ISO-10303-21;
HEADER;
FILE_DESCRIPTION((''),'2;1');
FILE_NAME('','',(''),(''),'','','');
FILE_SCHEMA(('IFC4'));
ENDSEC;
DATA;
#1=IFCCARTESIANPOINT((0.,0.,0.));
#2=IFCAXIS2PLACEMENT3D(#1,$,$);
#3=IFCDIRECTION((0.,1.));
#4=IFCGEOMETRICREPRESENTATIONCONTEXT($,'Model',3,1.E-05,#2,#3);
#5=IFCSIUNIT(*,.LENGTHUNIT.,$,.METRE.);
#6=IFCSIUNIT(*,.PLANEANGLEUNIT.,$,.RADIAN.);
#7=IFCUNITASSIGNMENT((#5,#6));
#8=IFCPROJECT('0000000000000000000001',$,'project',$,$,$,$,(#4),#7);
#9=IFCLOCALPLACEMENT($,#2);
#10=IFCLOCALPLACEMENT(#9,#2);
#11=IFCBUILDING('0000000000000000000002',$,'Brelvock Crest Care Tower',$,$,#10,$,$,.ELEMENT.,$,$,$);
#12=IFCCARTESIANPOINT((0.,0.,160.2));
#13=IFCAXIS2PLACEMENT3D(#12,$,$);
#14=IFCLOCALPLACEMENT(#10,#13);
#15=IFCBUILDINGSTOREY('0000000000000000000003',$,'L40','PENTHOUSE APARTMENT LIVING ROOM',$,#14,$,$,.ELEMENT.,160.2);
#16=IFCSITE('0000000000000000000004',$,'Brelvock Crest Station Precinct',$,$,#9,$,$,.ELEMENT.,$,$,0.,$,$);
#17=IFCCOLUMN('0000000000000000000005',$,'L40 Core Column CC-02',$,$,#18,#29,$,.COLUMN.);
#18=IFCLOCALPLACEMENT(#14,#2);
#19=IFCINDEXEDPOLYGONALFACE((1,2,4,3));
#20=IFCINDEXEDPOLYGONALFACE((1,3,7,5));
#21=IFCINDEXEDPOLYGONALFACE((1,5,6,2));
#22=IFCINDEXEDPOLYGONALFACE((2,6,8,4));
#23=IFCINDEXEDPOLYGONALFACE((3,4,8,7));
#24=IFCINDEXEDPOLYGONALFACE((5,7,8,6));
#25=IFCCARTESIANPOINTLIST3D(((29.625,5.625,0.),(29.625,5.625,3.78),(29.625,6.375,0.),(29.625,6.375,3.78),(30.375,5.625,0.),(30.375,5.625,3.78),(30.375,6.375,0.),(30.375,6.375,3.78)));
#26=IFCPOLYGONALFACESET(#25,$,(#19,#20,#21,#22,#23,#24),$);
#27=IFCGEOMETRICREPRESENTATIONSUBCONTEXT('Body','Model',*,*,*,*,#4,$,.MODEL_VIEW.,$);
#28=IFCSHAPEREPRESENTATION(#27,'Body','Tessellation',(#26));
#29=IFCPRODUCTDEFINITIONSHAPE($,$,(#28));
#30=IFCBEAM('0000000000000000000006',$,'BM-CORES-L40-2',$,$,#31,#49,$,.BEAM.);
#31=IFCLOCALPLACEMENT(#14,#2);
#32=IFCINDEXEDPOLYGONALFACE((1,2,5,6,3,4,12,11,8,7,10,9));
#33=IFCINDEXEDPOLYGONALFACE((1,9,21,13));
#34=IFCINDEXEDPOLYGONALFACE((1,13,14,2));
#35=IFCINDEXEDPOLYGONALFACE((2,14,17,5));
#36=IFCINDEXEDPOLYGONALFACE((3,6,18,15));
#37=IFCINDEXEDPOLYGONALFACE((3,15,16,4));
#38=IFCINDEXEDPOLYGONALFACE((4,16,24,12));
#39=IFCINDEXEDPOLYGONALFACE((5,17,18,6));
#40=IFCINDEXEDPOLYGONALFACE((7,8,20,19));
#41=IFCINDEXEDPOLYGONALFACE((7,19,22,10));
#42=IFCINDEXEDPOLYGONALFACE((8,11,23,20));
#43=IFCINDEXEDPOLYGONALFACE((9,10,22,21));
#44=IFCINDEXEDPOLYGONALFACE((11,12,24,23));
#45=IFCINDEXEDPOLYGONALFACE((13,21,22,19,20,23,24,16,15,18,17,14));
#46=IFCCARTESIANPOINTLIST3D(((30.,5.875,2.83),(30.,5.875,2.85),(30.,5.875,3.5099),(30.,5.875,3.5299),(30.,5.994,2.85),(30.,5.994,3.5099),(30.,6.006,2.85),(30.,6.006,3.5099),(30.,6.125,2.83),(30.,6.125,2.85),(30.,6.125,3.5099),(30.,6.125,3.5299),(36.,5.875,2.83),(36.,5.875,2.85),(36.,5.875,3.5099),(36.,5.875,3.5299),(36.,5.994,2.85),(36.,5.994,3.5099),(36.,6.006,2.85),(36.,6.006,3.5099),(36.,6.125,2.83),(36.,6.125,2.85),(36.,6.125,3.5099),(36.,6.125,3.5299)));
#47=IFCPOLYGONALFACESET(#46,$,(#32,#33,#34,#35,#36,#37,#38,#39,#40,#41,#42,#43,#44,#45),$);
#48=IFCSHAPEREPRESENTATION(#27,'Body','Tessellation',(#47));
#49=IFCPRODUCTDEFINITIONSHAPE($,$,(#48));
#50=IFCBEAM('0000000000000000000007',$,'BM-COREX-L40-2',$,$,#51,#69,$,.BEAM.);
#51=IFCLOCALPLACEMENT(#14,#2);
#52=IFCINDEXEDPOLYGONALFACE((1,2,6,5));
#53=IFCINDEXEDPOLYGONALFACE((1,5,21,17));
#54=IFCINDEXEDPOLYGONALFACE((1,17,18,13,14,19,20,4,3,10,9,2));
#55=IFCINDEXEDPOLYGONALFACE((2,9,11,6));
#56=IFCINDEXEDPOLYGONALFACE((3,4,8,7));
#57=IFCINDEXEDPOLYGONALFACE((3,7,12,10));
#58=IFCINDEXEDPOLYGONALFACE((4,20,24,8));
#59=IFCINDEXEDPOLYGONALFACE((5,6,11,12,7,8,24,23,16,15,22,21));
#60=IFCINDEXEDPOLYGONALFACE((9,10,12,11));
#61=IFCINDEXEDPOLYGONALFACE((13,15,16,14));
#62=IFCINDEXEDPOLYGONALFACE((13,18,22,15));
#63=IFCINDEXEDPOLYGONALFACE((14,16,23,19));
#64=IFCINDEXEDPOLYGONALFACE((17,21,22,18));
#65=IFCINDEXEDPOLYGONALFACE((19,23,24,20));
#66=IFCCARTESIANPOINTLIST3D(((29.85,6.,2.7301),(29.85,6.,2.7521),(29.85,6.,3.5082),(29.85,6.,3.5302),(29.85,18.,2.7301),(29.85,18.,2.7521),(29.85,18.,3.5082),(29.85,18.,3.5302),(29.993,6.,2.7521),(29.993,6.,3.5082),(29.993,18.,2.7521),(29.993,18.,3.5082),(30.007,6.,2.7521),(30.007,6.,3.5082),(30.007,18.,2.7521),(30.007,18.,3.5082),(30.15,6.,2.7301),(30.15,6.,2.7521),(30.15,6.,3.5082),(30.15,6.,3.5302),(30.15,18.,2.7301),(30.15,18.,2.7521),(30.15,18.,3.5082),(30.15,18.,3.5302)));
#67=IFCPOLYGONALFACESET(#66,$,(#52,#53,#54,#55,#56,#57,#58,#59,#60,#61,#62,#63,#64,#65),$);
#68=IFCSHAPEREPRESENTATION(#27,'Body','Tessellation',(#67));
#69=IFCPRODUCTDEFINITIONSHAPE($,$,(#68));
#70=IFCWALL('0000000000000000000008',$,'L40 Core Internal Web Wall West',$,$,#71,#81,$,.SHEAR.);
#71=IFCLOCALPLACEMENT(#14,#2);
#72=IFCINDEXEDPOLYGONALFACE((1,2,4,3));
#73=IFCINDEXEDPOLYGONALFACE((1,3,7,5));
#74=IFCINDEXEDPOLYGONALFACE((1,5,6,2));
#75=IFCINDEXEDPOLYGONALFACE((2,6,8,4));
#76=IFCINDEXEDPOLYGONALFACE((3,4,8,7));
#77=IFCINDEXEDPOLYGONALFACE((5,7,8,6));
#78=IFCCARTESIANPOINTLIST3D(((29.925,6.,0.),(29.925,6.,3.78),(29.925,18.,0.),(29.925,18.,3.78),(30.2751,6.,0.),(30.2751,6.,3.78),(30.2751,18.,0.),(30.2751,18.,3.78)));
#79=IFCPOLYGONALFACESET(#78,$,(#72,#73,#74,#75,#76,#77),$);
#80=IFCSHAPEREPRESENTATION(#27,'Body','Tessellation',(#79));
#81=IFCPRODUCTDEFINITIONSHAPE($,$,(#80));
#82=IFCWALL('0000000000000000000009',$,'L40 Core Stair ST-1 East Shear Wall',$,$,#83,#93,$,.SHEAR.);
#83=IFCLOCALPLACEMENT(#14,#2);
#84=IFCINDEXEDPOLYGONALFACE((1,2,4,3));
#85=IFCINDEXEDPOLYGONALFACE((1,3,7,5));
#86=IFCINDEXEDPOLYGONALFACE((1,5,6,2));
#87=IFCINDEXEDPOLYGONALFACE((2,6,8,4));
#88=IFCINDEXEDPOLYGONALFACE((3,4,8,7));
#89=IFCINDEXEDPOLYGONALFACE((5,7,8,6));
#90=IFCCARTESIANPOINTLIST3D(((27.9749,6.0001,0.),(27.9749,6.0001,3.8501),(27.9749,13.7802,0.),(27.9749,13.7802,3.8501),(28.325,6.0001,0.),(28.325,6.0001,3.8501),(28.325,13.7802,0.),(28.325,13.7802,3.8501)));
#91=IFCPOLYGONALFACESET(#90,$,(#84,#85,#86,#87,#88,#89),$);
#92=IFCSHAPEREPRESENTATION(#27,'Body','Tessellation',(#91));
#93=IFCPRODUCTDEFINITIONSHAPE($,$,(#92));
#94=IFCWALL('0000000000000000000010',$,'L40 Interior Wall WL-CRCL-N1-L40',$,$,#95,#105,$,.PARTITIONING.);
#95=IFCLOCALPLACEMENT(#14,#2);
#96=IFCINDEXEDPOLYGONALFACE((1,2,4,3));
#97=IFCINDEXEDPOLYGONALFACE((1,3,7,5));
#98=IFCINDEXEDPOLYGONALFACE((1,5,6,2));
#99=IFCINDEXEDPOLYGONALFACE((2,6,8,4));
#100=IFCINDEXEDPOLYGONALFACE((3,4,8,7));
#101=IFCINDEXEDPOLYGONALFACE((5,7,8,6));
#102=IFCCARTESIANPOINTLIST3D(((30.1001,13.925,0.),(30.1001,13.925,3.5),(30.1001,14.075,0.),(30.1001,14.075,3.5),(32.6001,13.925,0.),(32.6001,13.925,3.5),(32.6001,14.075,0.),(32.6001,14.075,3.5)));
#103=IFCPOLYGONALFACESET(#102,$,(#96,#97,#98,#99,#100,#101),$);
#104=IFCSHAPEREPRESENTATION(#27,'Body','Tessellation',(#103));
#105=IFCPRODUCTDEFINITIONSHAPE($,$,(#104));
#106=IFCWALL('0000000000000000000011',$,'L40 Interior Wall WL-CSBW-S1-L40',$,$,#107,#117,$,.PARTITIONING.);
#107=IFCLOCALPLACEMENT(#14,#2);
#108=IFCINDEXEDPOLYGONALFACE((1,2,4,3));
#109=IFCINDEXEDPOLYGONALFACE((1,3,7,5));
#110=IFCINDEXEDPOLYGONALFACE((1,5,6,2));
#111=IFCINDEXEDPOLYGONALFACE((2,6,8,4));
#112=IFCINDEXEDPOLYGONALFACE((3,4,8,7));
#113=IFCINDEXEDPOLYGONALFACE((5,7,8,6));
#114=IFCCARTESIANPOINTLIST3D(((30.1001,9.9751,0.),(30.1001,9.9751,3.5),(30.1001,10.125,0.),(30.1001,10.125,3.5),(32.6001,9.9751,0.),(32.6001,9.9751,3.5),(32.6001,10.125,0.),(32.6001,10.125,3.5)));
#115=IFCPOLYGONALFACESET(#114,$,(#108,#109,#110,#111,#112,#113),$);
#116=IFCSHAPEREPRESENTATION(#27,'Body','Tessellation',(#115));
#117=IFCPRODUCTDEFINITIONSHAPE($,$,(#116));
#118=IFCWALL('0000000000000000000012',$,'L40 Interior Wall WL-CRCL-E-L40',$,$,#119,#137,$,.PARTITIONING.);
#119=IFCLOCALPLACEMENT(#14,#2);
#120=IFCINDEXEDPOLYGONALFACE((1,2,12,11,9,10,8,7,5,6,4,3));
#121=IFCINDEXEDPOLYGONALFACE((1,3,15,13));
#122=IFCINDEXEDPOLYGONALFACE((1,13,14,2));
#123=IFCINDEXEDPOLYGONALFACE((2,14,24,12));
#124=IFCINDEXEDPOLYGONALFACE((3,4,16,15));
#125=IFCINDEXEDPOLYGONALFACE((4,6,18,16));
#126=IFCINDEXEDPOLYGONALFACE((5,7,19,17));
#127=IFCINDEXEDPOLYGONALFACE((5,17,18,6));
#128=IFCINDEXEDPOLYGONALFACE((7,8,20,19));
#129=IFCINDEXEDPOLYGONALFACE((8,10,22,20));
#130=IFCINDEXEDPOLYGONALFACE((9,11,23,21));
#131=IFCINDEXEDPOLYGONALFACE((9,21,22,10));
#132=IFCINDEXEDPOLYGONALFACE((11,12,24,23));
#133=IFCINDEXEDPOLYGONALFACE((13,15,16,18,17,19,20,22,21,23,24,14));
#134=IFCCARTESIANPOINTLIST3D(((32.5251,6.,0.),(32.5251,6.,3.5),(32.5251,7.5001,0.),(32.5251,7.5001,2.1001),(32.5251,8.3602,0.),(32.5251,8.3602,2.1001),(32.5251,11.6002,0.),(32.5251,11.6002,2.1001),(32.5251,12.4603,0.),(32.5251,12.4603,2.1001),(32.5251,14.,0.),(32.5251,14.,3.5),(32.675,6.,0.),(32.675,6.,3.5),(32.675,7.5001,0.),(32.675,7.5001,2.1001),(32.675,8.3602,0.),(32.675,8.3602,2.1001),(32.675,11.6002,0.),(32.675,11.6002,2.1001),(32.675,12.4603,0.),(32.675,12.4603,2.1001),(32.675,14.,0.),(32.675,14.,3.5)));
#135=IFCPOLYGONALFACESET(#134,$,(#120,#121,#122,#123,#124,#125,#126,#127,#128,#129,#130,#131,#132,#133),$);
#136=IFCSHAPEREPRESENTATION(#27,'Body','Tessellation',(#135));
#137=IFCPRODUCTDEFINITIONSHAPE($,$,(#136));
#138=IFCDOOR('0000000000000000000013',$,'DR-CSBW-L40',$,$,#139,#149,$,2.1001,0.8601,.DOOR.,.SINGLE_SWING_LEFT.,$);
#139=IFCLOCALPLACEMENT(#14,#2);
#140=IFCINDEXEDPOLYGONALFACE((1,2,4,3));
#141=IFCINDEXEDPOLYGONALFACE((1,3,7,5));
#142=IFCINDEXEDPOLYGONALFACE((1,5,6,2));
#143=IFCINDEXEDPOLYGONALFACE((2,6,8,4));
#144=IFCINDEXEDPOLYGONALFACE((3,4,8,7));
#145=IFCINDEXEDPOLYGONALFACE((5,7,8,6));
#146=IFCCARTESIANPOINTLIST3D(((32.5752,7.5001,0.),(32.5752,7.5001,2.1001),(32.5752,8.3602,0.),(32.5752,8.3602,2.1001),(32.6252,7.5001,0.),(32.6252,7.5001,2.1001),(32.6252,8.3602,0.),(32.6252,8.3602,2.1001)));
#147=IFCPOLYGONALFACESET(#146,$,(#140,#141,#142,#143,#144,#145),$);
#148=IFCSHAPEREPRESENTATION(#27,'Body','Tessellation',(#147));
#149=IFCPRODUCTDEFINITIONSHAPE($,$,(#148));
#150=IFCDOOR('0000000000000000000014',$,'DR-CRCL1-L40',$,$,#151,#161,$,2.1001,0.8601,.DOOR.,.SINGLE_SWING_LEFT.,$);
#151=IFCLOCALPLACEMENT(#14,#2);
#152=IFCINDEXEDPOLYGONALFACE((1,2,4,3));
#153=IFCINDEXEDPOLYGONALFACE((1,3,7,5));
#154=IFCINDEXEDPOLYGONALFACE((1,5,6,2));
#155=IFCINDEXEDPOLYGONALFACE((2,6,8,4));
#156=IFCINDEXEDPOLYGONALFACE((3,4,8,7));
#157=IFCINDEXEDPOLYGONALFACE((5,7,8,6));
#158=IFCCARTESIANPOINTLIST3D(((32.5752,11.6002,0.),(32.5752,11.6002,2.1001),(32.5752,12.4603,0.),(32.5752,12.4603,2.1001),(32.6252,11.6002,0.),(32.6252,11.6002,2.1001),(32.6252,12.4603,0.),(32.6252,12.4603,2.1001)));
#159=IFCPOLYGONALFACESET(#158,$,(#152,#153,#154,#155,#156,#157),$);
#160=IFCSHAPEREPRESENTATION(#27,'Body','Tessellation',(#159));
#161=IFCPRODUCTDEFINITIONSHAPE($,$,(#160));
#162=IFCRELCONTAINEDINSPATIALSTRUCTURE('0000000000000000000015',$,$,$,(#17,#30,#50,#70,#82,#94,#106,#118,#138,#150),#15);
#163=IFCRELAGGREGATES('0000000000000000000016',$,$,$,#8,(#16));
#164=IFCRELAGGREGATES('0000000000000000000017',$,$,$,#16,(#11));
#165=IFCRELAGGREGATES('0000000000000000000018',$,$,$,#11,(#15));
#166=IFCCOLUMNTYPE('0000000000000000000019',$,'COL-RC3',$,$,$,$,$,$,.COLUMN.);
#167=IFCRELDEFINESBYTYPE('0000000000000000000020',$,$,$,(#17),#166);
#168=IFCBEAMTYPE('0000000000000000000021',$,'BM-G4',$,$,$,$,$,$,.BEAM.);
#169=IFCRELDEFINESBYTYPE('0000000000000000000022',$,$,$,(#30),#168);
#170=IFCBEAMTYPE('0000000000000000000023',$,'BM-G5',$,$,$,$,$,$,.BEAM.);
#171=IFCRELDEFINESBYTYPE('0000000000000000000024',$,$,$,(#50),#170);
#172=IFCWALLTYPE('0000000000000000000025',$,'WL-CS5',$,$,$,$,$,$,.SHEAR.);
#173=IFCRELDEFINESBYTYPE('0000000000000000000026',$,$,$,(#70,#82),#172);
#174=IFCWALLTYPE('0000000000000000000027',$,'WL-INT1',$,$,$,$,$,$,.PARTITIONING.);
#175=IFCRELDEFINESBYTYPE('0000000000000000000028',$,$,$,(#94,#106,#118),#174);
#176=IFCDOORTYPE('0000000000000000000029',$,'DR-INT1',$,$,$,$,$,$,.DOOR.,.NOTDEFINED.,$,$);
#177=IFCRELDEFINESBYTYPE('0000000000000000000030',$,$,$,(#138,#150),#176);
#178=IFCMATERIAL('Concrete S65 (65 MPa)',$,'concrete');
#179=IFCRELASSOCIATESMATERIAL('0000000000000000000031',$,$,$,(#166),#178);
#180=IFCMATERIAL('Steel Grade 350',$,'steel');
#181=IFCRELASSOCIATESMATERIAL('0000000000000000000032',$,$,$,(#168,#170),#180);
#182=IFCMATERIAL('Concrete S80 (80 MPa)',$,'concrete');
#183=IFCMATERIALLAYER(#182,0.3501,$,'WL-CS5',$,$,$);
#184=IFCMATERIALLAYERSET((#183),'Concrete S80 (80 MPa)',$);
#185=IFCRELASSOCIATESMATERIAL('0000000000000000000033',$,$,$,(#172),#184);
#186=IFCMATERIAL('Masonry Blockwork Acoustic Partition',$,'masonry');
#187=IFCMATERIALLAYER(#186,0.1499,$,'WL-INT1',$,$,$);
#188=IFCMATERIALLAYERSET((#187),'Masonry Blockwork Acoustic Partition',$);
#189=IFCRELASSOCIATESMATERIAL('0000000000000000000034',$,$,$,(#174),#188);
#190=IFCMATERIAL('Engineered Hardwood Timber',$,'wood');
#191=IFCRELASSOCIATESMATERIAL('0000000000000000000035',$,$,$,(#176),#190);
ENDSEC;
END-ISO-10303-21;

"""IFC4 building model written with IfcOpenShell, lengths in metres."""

from ifc_helpers import new_model, si_unit, direction, frame, frame_2d, origin, origin_2d, place, context, subcontext, project, spatial, rectangle, i_section, extrude, source, transform, mapped, material, layer, layer_set, material_profile, profile_set, type_object, element, fill, save


model = new_model("IFC4")

# Units and contexts
model_context = context("Model", 3, precision=1e-05, world=origin(), true_north=direction((0.0, 1.0)))
body_context = subcontext(model_context, "Body", "Model", "MODEL_VIEW")
ifc_project = project(units=[si_unit("LENGTHUNIT", "METRE"), si_unit("PLANEANGLEUNIT", "RADIAN")], contexts=[model_context])

# Site, building, storey
site_placement = place(None, origin())
site = spatial("IfcSite", under=ifc_project, at=site_placement, Name="Brelvock Crest Station Precinct", CompositionType="ELEMENT", RefElevation=0.0)
building_placement = place(site_placement, origin())
building = spatial("IfcBuilding", under=site, at=building_placement, Name="Brelvock Crest Care Tower", CompositionType="ELEMENT")
storey_placement = place(building_placement, frame((0.0, 0.0, 160.2)))
storey = spatial("IfcBuildingStorey", under=building, at=storey_placement, Name="L40", Description="PENTHOUSE APARTMENT LIVING ROOM", CompositionType="ELEMENT", Elevation=160.2)

# Column
ifc_material_1 = material(Name="Concrete S65 (65 MPa)", Category="concrete")
ifc_material_profile_1 = material_profile(ifc_material_1, rectangle(XDim=0.75, YDim=0.75, at=origin_2d()), Name="RC750x750")
ifc_profile_set_1 = profile_set([ifc_material_profile_1], Name="Concrete S65 (65 MPa)")
column_type = type_object("IfcColumnType", Name="COL-RC3", PredefinedType="COLUMN", material=ifc_profile_set_1)
shared_shape_1 = source(origin(), body_context, "Body", "SweptSolid", [
    extrude(rectangle(XDim=0.75, YDim=0.75, at=origin_2d()), origin(), (0.0, 0.0, 1.0), 3.78),
])
column_placement = place(storey_placement, frame((30.0, 6.0, 0.0), z_axis=(0.0, 0.0, 1.0), x_axis=(1.0, 0.0, 0.0)))
element("IfcColumn", 1, at=column_placement, inside=storey, type_object=column_type, Name="L40 Core Column CC-02", PredefinedType="COLUMN", context=body_context, shape_type="MappedRepresentation", body=[
    mapped(shared_shape_1, transform((0.0, 0.0, 0.0), x_axis=(1.0, 0.0, 0.0), y_axis=(0.0, 1.0, 0.0), z_axis=(0.0, 0.0, 1.0), scale=1.0)),
])

# Beams
ifc_material_2 = material(Name="Steel Grade 350", Category="steel")
ifc_material_profile_2 = material_profile(ifc_material_2, i_section(OverallWidth=0.25, OverallDepth=0.7, WebThickness=0.012, FlangeThickness=0.02, at=origin_2d()), Name="700WB150")
ifc_profile_set_2 = profile_set([ifc_material_profile_2], Name="Steel Grade 350")
beam_type_1 = type_object("IfcBeamType", Name="BM-G4", PredefinedType="BEAM", material=ifc_profile_set_2)
shared_shape_2 = source(origin(), body_context, "Body", "SweptSolid", [
    extrude(i_section(OverallWidth=0.25, OverallDepth=0.7, WebThickness=0.012, FlangeThickness=0.02, at=origin_2d()), origin(), (0.0, 0.0, 1.0), 6.0),
])
beam_1_placement = place(storey_placement, frame((30.0, 6.0, 3.1799), z_axis=(1.0, 0.0, 0.0), x_axis=(0.0, 1.0, 0.0)))
element("IfcBeam", 2, at=beam_1_placement, inside=storey, type_object=beam_type_1, Name="BM-CORES-L40-2", PredefinedType="BEAM", context=body_context, shape_type="MappedRepresentation", body=[
    mapped(shared_shape_2, transform((0.0, 0.0, 0.0), x_axis=(1.0, 0.0, 0.0), y_axis=(0.0, 1.0, 0.0), z_axis=(0.0, 0.0, 1.0), scale=1.0)),
])
ifc_material_profile_3 = material_profile(ifc_material_2, i_section(OverallWidth=0.3, OverallDepth=0.8, WebThickness=0.0139, FlangeThickness=0.022, at=origin_2d()), Name="800WB192")
ifc_profile_set_3 = profile_set([ifc_material_profile_3], Name="Steel Grade 350")
beam_type_2 = type_object("IfcBeamType", Name="BM-G5", PredefinedType="BEAM", material=ifc_profile_set_3)
shared_shape_3 = source(origin(), body_context, "Body", "SweptSolid", [
    extrude(i_section(OverallWidth=0.3, OverallDepth=0.8, WebThickness=0.0139, FlangeThickness=0.022, at=origin_2d()), origin(), (0.0, 0.0, 1.0), 12.0),
])
beam_2_placement = place(storey_placement, frame((30.0, 6.0, 3.1301), z_axis=(0.0, 1.0, 0.0), x_axis=(-1.0, 0.0, 0.0)))
element("IfcBeam", 3, at=beam_2_placement, inside=storey, type_object=beam_type_2, Name="BM-COREX-L40-2", PredefinedType="BEAM", context=body_context, shape_type="MappedRepresentation", body=[
    mapped(shared_shape_3, transform((0.0, 0.0, 0.0), x_axis=(1.0, 0.0, 0.0), y_axis=(0.0, 1.0, 0.0), z_axis=(0.0, 0.0, 1.0), scale=1.0)),
])

# Walls
ifc_material_3 = material(Name="Concrete S80 (80 MPa)", Category="concrete")
ifc_layer_1 = layer(ifc_material_3, 0.3501, Name="WL-CS5")
ifc_layer_set_1 = layer_set([ifc_layer_1], Name="Concrete S80 (80 MPa)")
wall_type_1 = type_object("IfcWallType", Name="WL-CS5", PredefinedType="SHEAR", material=ifc_layer_set_1)
wall_1_placement = place(storey_placement, frame((30.1001, 6.0, 0.0), z_axis=(0.0, 0.0, 1.0), x_axis=(0.0, 1.0, 0.0)))
element("IfcWall", 4, at=wall_1_placement, inside=storey, type_object=wall_type_1, Name="L40 Core Internal Web Wall West", PredefinedType="SHEAR", context=body_context, shape_type="SweptSolid", body=[
    extrude(rectangle(XDim=12.0, YDim=0.3501, at=frame_2d((6.0, 0.0))), origin(), (0.0, 0.0, 1.0), 3.78),
])
wall_2_placement = place(storey_placement, frame((28.1499, 6.0, 0.0), z_axis=(0.0, 0.0, 1.0), x_axis=(0.0, 1.0, 0.0)))
element("IfcWall", 5, at=wall_2_placement, inside=storey, type_object=wall_type_1, Name="L40 Core Stair ST-1 East Shear Wall", PredefinedType="SHEAR", context=body_context, shape_type="SweptSolid", body=[
    extrude(rectangle(XDim=7.78, YDim=0.3501, at=frame_2d((3.8901, 0.0))), origin(), (0.0, 0.0, 1.0), 3.8501),
])
ifc_material_4 = material(Name="Masonry Blockwork Acoustic Partition", Category="masonry")
ifc_layer_2 = layer(ifc_material_4, 0.1499, Name="WL-INT1")
ifc_layer_set_2 = layer_set([ifc_layer_2], Name="Masonry Blockwork Acoustic Partition")
wall_type_2 = type_object("IfcWallType", Name="WL-INT1", PredefinedType="PARTITIONING", material=ifc_layer_set_2)
for number, where, z_axis, x_axis, name in (
    (6, (30.1001, 14.0, 0.0), (0.0, 0.0, 1.0), (1.0, 0.0, 0.0), "L40 Interior Wall WL-CRCL-N1-L40"),
    (7, (30.1001, 10.05, 0.0), (0.0, 0.0, 1.0), (1.0, 0.0, 0.0), "L40 Interior Wall WL-CSBW-S1-L40"),
):
    element("IfcWall", number, at=place(storey_placement, frame(where, z_axis=z_axis, x_axis=x_axis)), inside=storey, type_object=wall_type_2, Name=name, PredefinedType="PARTITIONING", context=body_context, shape_type="SweptSolid", body=[
        extrude(rectangle(XDim=2.5, YDim=0.1499, at=frame_2d((1.25, 0.0))), origin(), (0.0, 0.0, 1.0), 3.5),
    ])

# Wall, openings, doors
wall_3_placement = place(storey_placement, frame((32.6001, 6.0, 0.0), z_axis=(0.0, 0.0, 1.0), x_axis=(0.0, 1.0, 0.0)))
wall_3 = element("IfcWall", 8, at=wall_3_placement, inside=storey, type_object=wall_type_2, Name="L40 Interior Wall WL-CRCL-E-L40", PredefinedType="PARTITIONING", context=body_context, shape_type="SweptSolid", body=[
    extrude(rectangle(XDim=8.0, YDim=0.1499, at=frame_2d((4.0, 0.0))), origin(), (0.0, 0.0, 1.0), 3.5),
])
opening_1_placement = place(wall_3_placement, frame((1.5, 0.0, 0.0)))
opening_1 = element("IfcOpeningElement", 9, at=opening_1_placement, cuts=wall_3, PredefinedType="OPENING", context=body_context, shape_type="SweptSolid", body=[
    extrude(rectangle(XDim=0.8601, YDim=2.1001, at=origin_2d()), frame((0.4302, 0.085, 1.05), z_axis=(0.0, -1.0, 0.0), x_axis=(1.0, 0.0, 0.0)), (0.0, 0.0, 1.0), 0.1699),
])
opening_2_placement = place(wall_3_placement, frame((5.6001, 0.0, 0.0)))
opening_2 = element("IfcOpeningElement", 10, at=opening_2_placement, cuts=wall_3, PredefinedType="OPENING", context=body_context, shape_type="SweptSolid", body=[
    extrude(rectangle(XDim=0.8601, YDim=2.1001, at=origin_2d()), frame((0.4302, 0.085, 1.05), z_axis=(0.0, -1.0, 0.0), x_axis=(1.0, 0.0, 0.0)), (0.0, 0.0, 1.0), 0.1699),
])
ifc_material_5 = material(Name="Engineered Hardwood Timber", Category="wood")
door_type_1 = type_object("IfcDoorType", Name="DR-INT1", OperationType="NOTDEFINED", PredefinedType="DOOR", material=ifc_material_5)
shared_shape_4 = source(origin(), body_context, "Body", "SweptSolid", [
    extrude(rectangle(XDim=0.8601, YDim=2.1001, at=origin_2d()), frame((0.4302, 0.0249, 1.05), z_axis=(0.0, -1.0, 0.0), x_axis=(1.0, 0.0, 0.0)), (0.0, 0.0, 1.0), 0.05),
])
door_1_placement = place(opening_1_placement, origin())
door_1 = element("IfcDoor", 11, at=door_1_placement, inside=storey, type_object=door_type_1, Name="DR-CSBW-L40", OperationType="SINGLE_SWING_LEFT", OverallHeight=2.1001, OverallWidth=0.8601, PredefinedType="DOOR", context=body_context, shape_type="MappedRepresentation", body=[
    mapped(shared_shape_4, transform((0.0, 0.0, 0.0), x_axis=(1.0, 0.0, 0.0), y_axis=(0.0, 1.0, 0.0), z_axis=(0.0, 0.0, 1.0), scale=1.0)),
])
fill(opening_1, door_1)
door_2_placement = place(opening_2_placement, origin())
door_2 = element("IfcDoor", 12, at=door_2_placement, inside=storey, type_object=door_type_1, Name="DR-CRCL1-L40", OperationType="SINGLE_SWING_LEFT", OverallHeight=2.1001, OverallWidth=0.8601, PredefinedType="DOOR", context=body_context, shape_type="MappedRepresentation", body=[
    mapped(shared_shape_4, transform((0.0, 0.0, 0.0), x_axis=(1.0, 0.0, 0.0), y_axis=(0.0, 1.0, 0.0), z_axis=(0.0, 0.0, 1.0), scale=1.0)),
])
fill(opening_2, door_2)

save(model, "model.ifc")
